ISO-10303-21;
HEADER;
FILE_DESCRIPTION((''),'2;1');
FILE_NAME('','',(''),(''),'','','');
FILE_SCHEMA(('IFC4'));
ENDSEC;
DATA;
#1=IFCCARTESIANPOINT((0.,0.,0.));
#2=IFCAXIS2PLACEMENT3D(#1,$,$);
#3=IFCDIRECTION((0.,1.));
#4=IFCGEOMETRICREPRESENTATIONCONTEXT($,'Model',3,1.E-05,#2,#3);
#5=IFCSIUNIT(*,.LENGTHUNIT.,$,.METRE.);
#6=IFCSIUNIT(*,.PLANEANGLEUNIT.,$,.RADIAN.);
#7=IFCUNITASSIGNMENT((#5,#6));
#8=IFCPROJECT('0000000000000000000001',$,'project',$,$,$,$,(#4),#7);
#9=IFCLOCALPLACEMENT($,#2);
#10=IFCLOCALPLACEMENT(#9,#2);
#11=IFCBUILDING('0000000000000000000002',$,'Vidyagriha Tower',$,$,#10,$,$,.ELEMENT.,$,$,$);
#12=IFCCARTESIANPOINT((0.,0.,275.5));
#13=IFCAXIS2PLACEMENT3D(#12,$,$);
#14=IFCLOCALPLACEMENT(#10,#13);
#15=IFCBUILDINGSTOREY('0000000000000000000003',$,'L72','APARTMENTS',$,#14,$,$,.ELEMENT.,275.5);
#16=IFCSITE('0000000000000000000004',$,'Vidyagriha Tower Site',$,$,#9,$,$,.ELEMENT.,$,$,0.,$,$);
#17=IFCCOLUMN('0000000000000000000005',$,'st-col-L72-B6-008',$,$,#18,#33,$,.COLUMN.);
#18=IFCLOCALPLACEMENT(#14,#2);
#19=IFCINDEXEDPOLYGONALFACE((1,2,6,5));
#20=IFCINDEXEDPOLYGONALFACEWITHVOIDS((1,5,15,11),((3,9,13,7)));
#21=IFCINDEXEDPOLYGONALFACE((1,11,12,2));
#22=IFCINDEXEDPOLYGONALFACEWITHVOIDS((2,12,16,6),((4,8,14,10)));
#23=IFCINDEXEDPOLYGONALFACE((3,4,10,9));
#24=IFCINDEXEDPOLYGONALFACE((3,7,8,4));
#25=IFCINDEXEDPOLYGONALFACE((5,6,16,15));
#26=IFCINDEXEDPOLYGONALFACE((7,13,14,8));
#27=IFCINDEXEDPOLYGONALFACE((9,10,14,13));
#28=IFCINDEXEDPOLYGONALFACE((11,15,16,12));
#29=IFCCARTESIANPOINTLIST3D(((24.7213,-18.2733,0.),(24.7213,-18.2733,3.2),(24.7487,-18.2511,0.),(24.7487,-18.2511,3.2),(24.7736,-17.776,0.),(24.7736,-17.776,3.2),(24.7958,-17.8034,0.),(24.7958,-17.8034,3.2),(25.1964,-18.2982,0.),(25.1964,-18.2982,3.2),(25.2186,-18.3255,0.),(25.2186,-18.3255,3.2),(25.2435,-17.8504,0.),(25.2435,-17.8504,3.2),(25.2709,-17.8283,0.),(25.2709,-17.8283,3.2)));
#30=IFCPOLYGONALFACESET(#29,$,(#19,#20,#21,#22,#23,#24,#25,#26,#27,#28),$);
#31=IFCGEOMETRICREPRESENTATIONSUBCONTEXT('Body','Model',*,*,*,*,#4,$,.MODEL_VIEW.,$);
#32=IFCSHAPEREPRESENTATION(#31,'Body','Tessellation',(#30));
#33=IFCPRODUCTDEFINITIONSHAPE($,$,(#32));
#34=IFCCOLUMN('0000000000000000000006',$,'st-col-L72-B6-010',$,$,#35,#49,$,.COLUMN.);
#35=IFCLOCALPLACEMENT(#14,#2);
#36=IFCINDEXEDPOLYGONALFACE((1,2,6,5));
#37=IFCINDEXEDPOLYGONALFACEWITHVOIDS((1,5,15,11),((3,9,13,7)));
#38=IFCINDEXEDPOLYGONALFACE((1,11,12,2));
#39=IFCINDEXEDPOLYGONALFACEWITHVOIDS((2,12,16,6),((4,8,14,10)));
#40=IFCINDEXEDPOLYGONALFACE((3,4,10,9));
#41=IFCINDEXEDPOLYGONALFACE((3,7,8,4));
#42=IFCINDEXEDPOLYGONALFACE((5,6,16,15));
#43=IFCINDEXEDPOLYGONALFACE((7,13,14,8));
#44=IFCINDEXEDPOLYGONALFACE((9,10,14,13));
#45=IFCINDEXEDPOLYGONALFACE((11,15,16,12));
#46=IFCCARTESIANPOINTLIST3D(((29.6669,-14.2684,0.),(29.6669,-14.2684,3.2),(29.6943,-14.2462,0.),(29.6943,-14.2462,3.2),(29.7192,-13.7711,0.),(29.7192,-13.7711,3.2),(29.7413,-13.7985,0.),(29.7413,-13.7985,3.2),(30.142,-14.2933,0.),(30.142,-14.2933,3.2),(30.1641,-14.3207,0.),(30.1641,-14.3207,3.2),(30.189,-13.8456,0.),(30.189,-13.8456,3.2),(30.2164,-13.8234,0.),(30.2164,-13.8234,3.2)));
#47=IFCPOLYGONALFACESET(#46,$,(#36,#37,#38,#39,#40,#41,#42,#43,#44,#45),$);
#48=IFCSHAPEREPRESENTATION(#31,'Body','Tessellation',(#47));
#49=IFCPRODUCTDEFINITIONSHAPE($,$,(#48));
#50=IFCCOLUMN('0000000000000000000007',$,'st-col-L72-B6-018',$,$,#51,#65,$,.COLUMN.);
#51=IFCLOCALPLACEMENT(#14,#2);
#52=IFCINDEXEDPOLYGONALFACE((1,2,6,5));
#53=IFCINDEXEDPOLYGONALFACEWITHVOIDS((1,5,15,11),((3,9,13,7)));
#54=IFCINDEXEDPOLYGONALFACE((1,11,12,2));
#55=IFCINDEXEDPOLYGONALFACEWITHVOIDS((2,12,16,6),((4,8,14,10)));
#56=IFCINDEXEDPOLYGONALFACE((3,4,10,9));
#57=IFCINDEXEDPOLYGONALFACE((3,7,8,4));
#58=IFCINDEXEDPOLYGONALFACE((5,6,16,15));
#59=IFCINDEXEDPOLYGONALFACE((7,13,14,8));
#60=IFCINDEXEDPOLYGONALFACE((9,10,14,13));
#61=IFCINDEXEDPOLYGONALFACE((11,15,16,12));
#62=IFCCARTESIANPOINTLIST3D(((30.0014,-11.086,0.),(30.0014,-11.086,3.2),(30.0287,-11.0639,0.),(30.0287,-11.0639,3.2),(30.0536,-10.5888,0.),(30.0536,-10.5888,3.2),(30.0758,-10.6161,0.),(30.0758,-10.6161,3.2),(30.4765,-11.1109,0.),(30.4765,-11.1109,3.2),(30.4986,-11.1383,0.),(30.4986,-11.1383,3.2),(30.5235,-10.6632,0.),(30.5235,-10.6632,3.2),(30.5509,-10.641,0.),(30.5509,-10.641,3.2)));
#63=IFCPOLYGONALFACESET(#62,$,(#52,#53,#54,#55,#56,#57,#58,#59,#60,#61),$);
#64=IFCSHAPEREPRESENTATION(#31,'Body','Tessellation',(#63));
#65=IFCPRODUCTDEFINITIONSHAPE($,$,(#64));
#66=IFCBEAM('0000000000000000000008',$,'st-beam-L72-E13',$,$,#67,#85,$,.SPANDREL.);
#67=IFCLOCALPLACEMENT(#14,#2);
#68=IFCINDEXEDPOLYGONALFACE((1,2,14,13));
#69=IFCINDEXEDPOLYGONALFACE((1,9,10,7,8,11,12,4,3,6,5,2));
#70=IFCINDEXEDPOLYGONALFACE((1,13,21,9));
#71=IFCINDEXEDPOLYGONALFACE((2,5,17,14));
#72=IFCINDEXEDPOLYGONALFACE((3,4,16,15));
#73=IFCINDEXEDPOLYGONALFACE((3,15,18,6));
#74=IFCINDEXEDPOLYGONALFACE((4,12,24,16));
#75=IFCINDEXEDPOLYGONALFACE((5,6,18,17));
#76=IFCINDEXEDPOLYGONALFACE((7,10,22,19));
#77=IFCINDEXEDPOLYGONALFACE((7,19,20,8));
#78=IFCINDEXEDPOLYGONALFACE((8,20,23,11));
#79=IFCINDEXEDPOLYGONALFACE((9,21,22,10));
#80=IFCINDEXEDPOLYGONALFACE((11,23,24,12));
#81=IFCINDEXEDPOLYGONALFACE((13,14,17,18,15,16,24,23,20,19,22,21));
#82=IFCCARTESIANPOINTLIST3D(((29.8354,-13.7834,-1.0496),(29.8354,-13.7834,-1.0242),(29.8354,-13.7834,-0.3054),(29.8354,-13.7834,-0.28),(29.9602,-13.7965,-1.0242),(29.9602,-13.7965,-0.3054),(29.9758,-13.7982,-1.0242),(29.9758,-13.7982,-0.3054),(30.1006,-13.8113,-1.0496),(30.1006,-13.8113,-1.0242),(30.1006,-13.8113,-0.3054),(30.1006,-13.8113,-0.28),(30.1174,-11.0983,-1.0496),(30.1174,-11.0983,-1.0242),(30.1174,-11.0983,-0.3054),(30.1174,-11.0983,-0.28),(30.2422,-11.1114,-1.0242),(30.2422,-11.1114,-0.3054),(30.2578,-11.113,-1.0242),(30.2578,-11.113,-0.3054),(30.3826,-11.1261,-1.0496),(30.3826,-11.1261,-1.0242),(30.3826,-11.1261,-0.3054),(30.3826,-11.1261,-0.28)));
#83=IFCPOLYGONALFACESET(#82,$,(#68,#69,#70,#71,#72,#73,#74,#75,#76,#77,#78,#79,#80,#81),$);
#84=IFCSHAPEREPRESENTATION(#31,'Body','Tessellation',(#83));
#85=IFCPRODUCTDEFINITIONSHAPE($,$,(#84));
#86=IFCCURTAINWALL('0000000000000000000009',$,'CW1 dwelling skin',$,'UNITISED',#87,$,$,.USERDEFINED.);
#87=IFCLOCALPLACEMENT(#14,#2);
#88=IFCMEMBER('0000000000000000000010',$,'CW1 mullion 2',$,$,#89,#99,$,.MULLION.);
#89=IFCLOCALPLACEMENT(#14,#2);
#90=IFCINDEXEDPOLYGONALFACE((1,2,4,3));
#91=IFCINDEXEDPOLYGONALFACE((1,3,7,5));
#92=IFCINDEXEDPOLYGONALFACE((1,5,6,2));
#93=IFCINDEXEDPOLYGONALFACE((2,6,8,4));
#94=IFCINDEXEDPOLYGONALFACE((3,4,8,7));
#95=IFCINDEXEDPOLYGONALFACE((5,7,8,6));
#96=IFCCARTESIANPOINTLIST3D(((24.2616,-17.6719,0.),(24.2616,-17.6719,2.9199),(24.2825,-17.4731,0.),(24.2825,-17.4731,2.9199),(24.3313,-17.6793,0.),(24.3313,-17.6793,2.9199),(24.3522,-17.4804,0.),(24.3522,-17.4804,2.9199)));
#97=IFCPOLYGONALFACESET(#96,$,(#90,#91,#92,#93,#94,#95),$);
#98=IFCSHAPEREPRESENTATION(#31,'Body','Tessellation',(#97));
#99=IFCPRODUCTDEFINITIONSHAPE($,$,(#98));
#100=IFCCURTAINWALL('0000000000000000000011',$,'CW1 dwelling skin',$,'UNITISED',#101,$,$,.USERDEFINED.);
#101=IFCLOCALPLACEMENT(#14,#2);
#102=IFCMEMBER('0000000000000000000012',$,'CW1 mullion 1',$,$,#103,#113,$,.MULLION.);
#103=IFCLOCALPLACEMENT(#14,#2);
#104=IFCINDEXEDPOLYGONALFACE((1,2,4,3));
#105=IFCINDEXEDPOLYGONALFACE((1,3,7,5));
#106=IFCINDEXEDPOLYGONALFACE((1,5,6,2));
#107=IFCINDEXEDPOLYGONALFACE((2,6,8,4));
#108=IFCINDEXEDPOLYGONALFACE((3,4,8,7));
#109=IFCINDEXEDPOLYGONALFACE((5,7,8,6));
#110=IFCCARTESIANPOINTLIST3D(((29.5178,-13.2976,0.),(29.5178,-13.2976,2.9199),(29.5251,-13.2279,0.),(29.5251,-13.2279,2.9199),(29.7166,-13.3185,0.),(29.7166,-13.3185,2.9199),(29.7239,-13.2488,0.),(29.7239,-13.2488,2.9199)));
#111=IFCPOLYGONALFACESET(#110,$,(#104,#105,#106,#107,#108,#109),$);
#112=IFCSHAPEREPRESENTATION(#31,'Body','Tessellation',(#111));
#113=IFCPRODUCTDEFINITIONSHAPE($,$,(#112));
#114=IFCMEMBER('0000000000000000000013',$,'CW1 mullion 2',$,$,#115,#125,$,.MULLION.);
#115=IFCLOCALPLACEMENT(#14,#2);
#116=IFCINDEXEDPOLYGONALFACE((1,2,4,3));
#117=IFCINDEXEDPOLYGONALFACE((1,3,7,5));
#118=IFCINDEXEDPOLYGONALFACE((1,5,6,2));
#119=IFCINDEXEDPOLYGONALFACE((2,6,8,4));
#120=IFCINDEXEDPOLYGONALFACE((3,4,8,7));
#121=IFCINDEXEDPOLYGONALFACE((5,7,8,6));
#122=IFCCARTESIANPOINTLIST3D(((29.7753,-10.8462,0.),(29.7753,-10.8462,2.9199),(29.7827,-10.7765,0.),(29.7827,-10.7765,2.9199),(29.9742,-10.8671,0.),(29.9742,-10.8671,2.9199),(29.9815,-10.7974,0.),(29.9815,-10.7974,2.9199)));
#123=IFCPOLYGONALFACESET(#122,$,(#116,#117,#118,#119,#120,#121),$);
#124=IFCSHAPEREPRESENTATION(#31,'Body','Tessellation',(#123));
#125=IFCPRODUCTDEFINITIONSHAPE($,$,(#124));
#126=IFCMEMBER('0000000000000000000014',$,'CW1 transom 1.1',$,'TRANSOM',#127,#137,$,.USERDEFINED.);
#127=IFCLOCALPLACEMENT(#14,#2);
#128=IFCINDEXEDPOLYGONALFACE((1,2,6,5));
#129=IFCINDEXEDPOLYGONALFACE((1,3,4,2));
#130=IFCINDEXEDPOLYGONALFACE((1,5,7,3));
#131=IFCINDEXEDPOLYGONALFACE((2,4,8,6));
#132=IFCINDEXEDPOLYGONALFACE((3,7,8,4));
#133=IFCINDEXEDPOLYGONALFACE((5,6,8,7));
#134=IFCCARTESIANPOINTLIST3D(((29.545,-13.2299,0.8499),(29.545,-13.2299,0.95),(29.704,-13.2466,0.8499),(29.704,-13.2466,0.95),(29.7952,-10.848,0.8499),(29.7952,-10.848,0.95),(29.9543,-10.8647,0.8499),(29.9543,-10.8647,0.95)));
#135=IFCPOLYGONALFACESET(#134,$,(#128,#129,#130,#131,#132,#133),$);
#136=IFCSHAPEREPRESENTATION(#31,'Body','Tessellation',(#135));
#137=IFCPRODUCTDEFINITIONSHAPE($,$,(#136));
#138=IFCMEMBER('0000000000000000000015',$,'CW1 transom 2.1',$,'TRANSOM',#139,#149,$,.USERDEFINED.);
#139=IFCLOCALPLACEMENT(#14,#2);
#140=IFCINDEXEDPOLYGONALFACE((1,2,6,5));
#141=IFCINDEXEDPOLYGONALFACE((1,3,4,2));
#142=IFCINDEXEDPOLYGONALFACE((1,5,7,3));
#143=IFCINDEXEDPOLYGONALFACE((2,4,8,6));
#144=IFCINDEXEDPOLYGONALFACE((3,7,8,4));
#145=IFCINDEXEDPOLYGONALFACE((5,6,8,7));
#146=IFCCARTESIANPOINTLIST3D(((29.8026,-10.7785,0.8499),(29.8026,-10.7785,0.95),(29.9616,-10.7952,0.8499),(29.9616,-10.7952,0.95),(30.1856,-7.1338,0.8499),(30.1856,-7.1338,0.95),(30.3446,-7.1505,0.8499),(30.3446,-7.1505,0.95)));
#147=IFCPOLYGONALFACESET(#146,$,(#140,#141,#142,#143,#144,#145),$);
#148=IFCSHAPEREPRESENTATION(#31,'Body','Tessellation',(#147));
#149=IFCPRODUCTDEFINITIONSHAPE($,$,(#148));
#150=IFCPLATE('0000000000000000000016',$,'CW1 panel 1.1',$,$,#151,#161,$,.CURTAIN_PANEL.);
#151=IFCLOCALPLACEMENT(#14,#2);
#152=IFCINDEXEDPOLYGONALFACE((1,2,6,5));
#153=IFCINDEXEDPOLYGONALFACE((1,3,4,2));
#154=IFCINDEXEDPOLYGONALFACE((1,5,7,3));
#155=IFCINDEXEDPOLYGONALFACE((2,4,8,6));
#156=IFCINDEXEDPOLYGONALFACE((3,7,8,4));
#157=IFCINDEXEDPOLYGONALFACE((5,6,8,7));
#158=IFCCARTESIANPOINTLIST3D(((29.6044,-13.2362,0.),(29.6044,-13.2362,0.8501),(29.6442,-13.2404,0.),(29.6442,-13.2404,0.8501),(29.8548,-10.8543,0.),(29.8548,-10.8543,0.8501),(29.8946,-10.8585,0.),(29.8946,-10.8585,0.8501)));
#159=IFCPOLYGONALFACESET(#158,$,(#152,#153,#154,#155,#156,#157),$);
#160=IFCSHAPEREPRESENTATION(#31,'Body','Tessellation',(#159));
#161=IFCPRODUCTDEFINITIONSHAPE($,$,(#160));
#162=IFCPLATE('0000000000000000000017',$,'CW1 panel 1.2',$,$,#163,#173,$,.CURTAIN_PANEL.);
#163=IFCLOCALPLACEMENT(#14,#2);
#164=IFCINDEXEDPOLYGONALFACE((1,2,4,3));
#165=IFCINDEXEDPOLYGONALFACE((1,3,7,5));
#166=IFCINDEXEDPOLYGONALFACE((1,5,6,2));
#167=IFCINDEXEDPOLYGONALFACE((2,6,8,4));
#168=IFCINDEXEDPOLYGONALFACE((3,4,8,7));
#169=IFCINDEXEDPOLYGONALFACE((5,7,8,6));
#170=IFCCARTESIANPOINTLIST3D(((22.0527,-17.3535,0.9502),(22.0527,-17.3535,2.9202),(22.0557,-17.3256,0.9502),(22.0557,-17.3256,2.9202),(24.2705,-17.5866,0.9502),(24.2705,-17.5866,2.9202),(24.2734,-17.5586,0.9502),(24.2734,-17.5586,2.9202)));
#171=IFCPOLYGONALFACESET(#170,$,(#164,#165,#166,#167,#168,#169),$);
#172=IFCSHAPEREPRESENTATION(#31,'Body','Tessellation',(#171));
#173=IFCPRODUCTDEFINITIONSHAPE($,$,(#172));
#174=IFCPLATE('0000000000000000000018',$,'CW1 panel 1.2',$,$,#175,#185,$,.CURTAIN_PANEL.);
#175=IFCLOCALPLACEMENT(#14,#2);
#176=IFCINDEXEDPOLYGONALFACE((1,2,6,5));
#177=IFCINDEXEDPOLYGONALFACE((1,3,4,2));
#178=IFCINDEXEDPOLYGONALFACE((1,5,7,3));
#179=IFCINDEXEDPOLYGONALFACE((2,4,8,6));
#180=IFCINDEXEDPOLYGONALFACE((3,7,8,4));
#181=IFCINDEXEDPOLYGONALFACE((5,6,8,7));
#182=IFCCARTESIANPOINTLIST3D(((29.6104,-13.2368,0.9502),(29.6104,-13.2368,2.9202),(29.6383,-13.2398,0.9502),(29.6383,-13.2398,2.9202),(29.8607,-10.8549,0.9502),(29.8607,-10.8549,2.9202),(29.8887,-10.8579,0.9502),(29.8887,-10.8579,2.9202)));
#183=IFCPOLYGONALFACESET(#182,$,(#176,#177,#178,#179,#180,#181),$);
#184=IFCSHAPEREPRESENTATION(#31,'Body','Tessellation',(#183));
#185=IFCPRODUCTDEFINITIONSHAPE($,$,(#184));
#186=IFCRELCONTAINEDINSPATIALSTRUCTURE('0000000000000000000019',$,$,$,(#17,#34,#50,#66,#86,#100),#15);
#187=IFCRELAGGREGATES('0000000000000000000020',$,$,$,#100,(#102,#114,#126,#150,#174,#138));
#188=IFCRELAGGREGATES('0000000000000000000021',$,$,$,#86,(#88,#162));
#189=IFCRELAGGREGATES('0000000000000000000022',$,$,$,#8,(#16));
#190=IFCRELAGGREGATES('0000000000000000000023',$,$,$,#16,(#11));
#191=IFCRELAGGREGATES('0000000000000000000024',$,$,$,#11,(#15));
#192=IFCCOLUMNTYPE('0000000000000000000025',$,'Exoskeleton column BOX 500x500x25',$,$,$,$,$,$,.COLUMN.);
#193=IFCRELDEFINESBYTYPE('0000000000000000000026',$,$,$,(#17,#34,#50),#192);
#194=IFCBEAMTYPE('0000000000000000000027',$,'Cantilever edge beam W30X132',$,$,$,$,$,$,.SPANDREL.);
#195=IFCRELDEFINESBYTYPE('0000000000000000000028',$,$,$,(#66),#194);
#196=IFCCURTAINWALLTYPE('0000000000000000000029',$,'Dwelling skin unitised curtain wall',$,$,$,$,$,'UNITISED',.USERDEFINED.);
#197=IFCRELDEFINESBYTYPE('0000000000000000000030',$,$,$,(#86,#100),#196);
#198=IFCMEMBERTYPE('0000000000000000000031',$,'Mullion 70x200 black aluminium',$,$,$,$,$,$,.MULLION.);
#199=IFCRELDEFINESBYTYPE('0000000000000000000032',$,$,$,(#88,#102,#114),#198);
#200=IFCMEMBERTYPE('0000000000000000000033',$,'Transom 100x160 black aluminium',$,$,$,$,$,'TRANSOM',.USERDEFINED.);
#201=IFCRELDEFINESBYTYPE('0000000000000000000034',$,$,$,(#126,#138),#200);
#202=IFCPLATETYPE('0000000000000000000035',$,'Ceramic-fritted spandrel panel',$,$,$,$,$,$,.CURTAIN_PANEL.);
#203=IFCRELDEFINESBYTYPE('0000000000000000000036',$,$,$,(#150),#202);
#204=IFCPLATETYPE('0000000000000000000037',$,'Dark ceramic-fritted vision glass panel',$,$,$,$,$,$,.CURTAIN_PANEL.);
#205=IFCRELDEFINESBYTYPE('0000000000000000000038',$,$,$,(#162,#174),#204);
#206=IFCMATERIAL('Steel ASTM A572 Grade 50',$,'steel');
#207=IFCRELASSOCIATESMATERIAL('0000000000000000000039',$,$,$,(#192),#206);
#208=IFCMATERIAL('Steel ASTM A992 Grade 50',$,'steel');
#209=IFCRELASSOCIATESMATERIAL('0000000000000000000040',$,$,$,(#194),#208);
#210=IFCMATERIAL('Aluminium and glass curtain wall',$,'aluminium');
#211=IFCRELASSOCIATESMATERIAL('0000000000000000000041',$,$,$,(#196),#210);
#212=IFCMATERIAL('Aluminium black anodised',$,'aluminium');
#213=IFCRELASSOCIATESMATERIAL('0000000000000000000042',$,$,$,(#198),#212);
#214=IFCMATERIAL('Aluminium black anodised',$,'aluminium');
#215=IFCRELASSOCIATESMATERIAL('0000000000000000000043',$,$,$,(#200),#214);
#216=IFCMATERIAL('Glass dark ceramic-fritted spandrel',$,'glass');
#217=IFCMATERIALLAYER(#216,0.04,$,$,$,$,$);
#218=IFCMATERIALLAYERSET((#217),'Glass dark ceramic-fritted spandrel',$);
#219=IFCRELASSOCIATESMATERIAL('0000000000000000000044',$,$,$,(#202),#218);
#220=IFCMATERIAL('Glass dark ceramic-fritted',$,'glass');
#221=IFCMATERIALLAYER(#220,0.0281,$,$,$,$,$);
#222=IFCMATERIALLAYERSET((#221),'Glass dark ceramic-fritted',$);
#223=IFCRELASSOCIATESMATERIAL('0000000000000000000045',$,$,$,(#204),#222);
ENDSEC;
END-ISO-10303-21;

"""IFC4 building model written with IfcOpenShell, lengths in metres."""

from ifc_helpers import new_model, si_unit, direction, frame, origin, origin_2d, place, context, subcontext, project, spatial, rectangle, hollow_rectangle, i_section, extrude, material, layer, layer_set, material_profile, profile_set, type_object, element, aggregate, save


model = new_model("IFC4")

# Units and contexts
model_context = context("Model", 3, precision=1e-05, world=origin(), true_north=direction((0.0, 1.0)))
body_context = subcontext(model_context, "Body", "Model", "MODEL_VIEW")
ifc_project = project(units=[si_unit("LENGTHUNIT", "METRE"), si_unit("PLANEANGLEUNIT", "RADIAN")], contexts=[model_context])

# Site, building, storey
site_placement = place(None, origin())
site = spatial("IfcSite", under=ifc_project, at=site_placement, Name="Vidyagriha Tower Site", CompositionType="ELEMENT", RefElevation=0.0)
building_placement = place(site_placement, origin())
building = spatial("IfcBuilding", under=site, at=building_placement, Name="Vidyagriha Tower", CompositionType="ELEMENT")
storey_placement = place(building_placement, frame((0.0, 0.0, 275.5)))
storey = spatial("IfcBuildingStorey", under=building, at=storey_placement, Name="L72", Description="APARTMENTS", CompositionType="ELEMENT", Elevation=275.5)

# Columns
ifc_material_1 = material(Name="Steel ASTM A572 Grade 50", Category="steel")
ifc_material_profile_1 = material_profile(ifc_material_1, hollow_rectangle(XDim=0.5, YDim=0.5, WallThickness=0.0249, at=origin_2d()), Name="BOX 500x500x25")
ifc_profile_set_1 = profile_set([ifc_material_profile_1], Name="Steel ASTM A572 Grade 50")
column_type = type_object("IfcColumnType", Name="Exoskeleton column BOX 500x500x25", PredefinedType="COLUMN", material=ifc_profile_set_1)
for number, where, z_axis, x_axis, name in (
    (1, (24.9961, -18.0508, 0.0), (0.0, 0.0, 1.0), (0.994522, -0.104528, 0.0), "st-col-L72-B6-008"),
    (2, (29.9417, -14.0459, 0.0), (0.0, 0.0, 1.0), (0.994522, -0.104528, 0.0), "st-col-L72-B6-010"),
    (3, (30.2761, -10.8635, 0.0), (0.0, 0.0, 1.0), (0.994522, -0.104528, 0.0), "st-col-L72-B6-018"),
):
    element("IfcColumn", number, at=place(storey_placement, frame(where, z_axis=z_axis, x_axis=x_axis)), inside=storey, type_object=column_type, Name=name, PredefinedType="COLUMN", context=body_context, shape_type="SweptSolid", body=[
        extrude(hollow_rectangle(XDim=0.5, YDim=0.5, WallThickness=0.0249, at=origin_2d()), origin(), (0.0, 0.0, 1.0), 3.2),
    ])

# Beam
ifc_material_2 = material(Name="Steel ASTM A992 Grade 50", Category="steel")
ifc_material_profile_2 = material_profile(ifc_material_2, i_section(OverallWidth=0.2666, OverallDepth=0.7695, WebThickness=0.0156, FlangeThickness=0.0254, at=origin_2d()), Name="W30X132")
ifc_profile_set_2 = profile_set([ifc_material_profile_2], Name="Steel ASTM A992 Grade 50")
beam_type = type_object("IfcBeamType", Name="Cantilever edge beam W30X132", PredefinedType="SPANDREL", material=ifc_profile_set_2)
beam_placement = place(storey_placement, frame((29.968, -13.7974, -0.6648), z_axis=(0.104435, 0.994532, 0.0), x_axis=(-0.994532, 0.104435, 0.0)))
element("IfcBeam", 4, at=beam_placement, inside=storey, type_object=beam_type, Name="st-beam-L72-E13", PredefinedType="SPANDREL", context=body_context, shape_type="SweptSolid", body=[
    extrude(i_section(OverallWidth=0.2666, OverallDepth=0.7695, WebThickness=0.0156, FlangeThickness=0.0254, at=origin_2d()), origin(), (0.0, 0.0, 1.0), 2.7),
])

# Curtain wall, member
ifc_material_3 = material(Name="Aluminium and glass curtain wall", Category="aluminium")
curtain_wall_type = type_object("IfcCurtainWallType", Name="Dwelling skin unitised curtain wall", ElementType="UNITISED", PredefinedType="USERDEFINED", material=ifc_material_3)
curtain_wall_1_placement = place(storey_placement, origin())
curtain_wall_1 = element("IfcCurtainWall", 5, at=curtain_wall_1_placement, inside=storey, type_object=curtain_wall_type, Name="CW1 dwelling skin", ObjectType="UNITISED", PredefinedType="USERDEFINED")
ifc_material_4 = material(Name="Aluminium black anodised", Category="aluminium")
ifc_material_profile_3 = material_profile(ifc_material_4, rectangle(XDim=0.2, YDim=0.0701, at=origin_2d()), Name="Mullion 70x200 black aluminium")
ifc_profile_set_3 = profile_set([ifc_material_profile_3], Name="Aluminium black anodised")
member_type_1 = type_object("IfcMemberType", Name="Mullion 70x200 black aluminium", PredefinedType="MULLION", material=ifc_profile_set_3)
member_1_placement = place(storey_placement, frame((24.3069, -17.5762, 0.0), z_axis=(0.0, 0.0, 1.0), x_axis=(0.104522, 0.994523, 0.0)))
member_1 = element("IfcMember", 6, at=member_1_placement, type_object=member_type_1, Name="CW1 mullion 2", PredefinedType="MULLION", context=body_context, shape_type="SweptSolid", body=[
    extrude(rectangle(XDim=0.2, YDim=0.0701, at=origin_2d()), origin(), (0.0, 0.0, 1.0), 2.9199),
])

# Curtain wall, members, plate
curtain_wall_2_placement = place(storey_placement, origin())
curtain_wall_2 = element("IfcCurtainWall", 7, at=curtain_wall_2_placement, inside=storey, type_object=curtain_wall_type, Name="CW1 dwelling skin", ObjectType="UNITISED", PredefinedType="USERDEFINED")
member_2_placement = place(storey_placement, frame((29.6208, -13.2732, 0.0), z_axis=(0.0, 0.0, 1.0), x_axis=(-0.994521, 0.104533, 0.0)))
member_2 = element("IfcMember", 8, at=member_2_placement, type_object=member_type_1, Name="CW1 mullion 1", PredefinedType="MULLION", context=body_context, shape_type="SweptSolid", body=[
    extrude(rectangle(XDim=0.2, YDim=0.0701, at=origin_2d()), origin(), (0.0, 0.0, 1.0), 2.9199),
])
member_3_placement = place(storey_placement, frame((29.8784, -10.8218, 0.0), z_axis=(0.0, 0.0, 1.0), x_axis=(-0.994521, 0.104533, 0.0)))
member_3 = element("IfcMember", 9, at=member_3_placement, type_object=member_type_1, Name="CW1 mullion 2", PredefinedType="MULLION", context=body_context, shape_type="SweptSolid", body=[
    extrude(rectangle(XDim=0.2, YDim=0.0701, at=origin_2d()), origin(), (0.0, 0.0, 1.0), 2.9199),
])
ifc_material_5 = material(Name="Aluminium black anodised", Category="aluminium")
ifc_material_profile_4 = material_profile(ifc_material_5, rectangle(XDim=0.1599, YDim=0.1001, at=origin_2d()), Name="Transom 100x160 black aluminium")
ifc_profile_set_4 = profile_set([ifc_material_profile_4], Name="Aluminium black anodised")
member_type_2 = type_object("IfcMemberType", Name="Transom 100x160 black aluminium", ElementType="TRANSOM", PredefinedType="USERDEFINED", material=ifc_profile_set_4)
member_4_placement = place(storey_placement, frame((29.6245, -13.2383, 0.8999), z_axis=(0.104488, 0.994526, 0.0), x_axis=(-0.994526, 0.104488, 0.0)))
member_4 = element("IfcMember", 10, at=member_4_placement, type_object=member_type_2, Name="CW1 transom 1.1", ObjectType="TRANSOM", PredefinedType="USERDEFINED", context=body_context, shape_type="SweptSolid", body=[
    extrude(rectangle(XDim=0.1599, YDim=0.1001, at=origin_2d()), origin(), (0.0, 0.0, 1.0), 2.395),
])
member_5_placement = place(storey_placement, frame((29.8821, -10.7869, 0.8999), z_axis=(0.104522, 0.994523, 0.0), x_axis=(-0.994523, 0.104522, 0.0)))
member_5 = element("IfcMember", 11, at=member_5_placement, type_object=member_type_2, Name="CW1 transom 2.1", ObjectType="TRANSOM", PredefinedType="USERDEFINED", context=body_context, shape_type="SweptSolid", body=[
    extrude(rectangle(XDim=0.1599, YDim=0.1001, at=origin_2d()), origin(), (0.0, 0.0, 1.0), 3.6648),
])
ifc_material_6 = material(Name="Glass dark ceramic-fritted spandrel", Category="glass")
ifc_layer_1 = layer(ifc_material_6, 0.04)
ifc_layer_set_1 = layer_set([ifc_layer_1], Name="Glass dark ceramic-fritted spandrel")
plate_type_1 = type_object("IfcPlateType", Name="Ceramic-fritted spandrel panel", PredefinedType="CURTAIN_PANEL", material=ifc_layer_set_1)
plate_1_placement = place(storey_placement, frame((29.7495, -12.0474, 0.0), z_axis=(0.0, 0.0, 1.0), x_axis=(0.104533, 0.994521, 0.0)))
plate_1 = element("IfcPlate", 12, at=plate_1_placement, type_object=plate_type_1, Name="CW1 panel 1.1", PredefinedType="CURTAIN_PANEL", context=body_context, shape_type="SweptSolid", body=[
    extrude(rectangle(XDim=2.395, YDim=0.04, at=origin_2d()), origin(), (0.0, 0.0, 1.0), 0.8501),
])

# Plates
ifc_material_7 = material(Name="Glass dark ceramic-fritted", Category="glass")
ifc_layer_2 = layer(ifc_material_7, 0.0281)
ifc_layer_set_2 = layer_set([ifc_layer_2], Name="Glass dark ceramic-fritted")
plate_type_2 = type_object("IfcPlateType", Name="Dark ceramic-fritted vision glass panel", PredefinedType="CURTAIN_PANEL", material=ifc_layer_set_2)
plate_2_placement = place(storey_placement, frame((23.1631, -17.4561, 0.9502), z_axis=(0.0, 0.0, 1.0), x_axis=(0.994523, -0.104522, 0.0)))
plate_2 = element("IfcPlate", 13, at=plate_2_placement, type_object=plate_type_2, Name="CW1 panel 1.2", PredefinedType="CURTAIN_PANEL", context=body_context, shape_type="SweptSolid", body=[
    extrude(rectangle(XDim=2.23, YDim=0.0281, at=origin_2d()), origin(), (0.0, 0.0, 1.0), 1.97),
])
plate_3_placement = place(storey_placement, frame((29.7495, -12.0474, 0.9502), z_axis=(0.0, 0.0, 1.0), x_axis=(0.104533, 0.994521, 0.0)))
plate_3 = element("IfcPlate", 14, at=plate_3_placement, type_object=plate_type_2, Name="CW1 panel 1.2", PredefinedType="CURTAIN_PANEL", context=body_context, shape_type="SweptSolid", body=[
    extrude(rectangle(XDim=2.395, YDim=0.0281, at=origin_2d()), origin(), (0.0, 0.0, 1.0), 1.97),
])
aggregate(curtain_wall_2, [member_2, member_3, member_4, plate_1, plate_3, member_5])
aggregate(curtain_wall_1, [member_1, plate_2])

save(model, "model.ifc")
